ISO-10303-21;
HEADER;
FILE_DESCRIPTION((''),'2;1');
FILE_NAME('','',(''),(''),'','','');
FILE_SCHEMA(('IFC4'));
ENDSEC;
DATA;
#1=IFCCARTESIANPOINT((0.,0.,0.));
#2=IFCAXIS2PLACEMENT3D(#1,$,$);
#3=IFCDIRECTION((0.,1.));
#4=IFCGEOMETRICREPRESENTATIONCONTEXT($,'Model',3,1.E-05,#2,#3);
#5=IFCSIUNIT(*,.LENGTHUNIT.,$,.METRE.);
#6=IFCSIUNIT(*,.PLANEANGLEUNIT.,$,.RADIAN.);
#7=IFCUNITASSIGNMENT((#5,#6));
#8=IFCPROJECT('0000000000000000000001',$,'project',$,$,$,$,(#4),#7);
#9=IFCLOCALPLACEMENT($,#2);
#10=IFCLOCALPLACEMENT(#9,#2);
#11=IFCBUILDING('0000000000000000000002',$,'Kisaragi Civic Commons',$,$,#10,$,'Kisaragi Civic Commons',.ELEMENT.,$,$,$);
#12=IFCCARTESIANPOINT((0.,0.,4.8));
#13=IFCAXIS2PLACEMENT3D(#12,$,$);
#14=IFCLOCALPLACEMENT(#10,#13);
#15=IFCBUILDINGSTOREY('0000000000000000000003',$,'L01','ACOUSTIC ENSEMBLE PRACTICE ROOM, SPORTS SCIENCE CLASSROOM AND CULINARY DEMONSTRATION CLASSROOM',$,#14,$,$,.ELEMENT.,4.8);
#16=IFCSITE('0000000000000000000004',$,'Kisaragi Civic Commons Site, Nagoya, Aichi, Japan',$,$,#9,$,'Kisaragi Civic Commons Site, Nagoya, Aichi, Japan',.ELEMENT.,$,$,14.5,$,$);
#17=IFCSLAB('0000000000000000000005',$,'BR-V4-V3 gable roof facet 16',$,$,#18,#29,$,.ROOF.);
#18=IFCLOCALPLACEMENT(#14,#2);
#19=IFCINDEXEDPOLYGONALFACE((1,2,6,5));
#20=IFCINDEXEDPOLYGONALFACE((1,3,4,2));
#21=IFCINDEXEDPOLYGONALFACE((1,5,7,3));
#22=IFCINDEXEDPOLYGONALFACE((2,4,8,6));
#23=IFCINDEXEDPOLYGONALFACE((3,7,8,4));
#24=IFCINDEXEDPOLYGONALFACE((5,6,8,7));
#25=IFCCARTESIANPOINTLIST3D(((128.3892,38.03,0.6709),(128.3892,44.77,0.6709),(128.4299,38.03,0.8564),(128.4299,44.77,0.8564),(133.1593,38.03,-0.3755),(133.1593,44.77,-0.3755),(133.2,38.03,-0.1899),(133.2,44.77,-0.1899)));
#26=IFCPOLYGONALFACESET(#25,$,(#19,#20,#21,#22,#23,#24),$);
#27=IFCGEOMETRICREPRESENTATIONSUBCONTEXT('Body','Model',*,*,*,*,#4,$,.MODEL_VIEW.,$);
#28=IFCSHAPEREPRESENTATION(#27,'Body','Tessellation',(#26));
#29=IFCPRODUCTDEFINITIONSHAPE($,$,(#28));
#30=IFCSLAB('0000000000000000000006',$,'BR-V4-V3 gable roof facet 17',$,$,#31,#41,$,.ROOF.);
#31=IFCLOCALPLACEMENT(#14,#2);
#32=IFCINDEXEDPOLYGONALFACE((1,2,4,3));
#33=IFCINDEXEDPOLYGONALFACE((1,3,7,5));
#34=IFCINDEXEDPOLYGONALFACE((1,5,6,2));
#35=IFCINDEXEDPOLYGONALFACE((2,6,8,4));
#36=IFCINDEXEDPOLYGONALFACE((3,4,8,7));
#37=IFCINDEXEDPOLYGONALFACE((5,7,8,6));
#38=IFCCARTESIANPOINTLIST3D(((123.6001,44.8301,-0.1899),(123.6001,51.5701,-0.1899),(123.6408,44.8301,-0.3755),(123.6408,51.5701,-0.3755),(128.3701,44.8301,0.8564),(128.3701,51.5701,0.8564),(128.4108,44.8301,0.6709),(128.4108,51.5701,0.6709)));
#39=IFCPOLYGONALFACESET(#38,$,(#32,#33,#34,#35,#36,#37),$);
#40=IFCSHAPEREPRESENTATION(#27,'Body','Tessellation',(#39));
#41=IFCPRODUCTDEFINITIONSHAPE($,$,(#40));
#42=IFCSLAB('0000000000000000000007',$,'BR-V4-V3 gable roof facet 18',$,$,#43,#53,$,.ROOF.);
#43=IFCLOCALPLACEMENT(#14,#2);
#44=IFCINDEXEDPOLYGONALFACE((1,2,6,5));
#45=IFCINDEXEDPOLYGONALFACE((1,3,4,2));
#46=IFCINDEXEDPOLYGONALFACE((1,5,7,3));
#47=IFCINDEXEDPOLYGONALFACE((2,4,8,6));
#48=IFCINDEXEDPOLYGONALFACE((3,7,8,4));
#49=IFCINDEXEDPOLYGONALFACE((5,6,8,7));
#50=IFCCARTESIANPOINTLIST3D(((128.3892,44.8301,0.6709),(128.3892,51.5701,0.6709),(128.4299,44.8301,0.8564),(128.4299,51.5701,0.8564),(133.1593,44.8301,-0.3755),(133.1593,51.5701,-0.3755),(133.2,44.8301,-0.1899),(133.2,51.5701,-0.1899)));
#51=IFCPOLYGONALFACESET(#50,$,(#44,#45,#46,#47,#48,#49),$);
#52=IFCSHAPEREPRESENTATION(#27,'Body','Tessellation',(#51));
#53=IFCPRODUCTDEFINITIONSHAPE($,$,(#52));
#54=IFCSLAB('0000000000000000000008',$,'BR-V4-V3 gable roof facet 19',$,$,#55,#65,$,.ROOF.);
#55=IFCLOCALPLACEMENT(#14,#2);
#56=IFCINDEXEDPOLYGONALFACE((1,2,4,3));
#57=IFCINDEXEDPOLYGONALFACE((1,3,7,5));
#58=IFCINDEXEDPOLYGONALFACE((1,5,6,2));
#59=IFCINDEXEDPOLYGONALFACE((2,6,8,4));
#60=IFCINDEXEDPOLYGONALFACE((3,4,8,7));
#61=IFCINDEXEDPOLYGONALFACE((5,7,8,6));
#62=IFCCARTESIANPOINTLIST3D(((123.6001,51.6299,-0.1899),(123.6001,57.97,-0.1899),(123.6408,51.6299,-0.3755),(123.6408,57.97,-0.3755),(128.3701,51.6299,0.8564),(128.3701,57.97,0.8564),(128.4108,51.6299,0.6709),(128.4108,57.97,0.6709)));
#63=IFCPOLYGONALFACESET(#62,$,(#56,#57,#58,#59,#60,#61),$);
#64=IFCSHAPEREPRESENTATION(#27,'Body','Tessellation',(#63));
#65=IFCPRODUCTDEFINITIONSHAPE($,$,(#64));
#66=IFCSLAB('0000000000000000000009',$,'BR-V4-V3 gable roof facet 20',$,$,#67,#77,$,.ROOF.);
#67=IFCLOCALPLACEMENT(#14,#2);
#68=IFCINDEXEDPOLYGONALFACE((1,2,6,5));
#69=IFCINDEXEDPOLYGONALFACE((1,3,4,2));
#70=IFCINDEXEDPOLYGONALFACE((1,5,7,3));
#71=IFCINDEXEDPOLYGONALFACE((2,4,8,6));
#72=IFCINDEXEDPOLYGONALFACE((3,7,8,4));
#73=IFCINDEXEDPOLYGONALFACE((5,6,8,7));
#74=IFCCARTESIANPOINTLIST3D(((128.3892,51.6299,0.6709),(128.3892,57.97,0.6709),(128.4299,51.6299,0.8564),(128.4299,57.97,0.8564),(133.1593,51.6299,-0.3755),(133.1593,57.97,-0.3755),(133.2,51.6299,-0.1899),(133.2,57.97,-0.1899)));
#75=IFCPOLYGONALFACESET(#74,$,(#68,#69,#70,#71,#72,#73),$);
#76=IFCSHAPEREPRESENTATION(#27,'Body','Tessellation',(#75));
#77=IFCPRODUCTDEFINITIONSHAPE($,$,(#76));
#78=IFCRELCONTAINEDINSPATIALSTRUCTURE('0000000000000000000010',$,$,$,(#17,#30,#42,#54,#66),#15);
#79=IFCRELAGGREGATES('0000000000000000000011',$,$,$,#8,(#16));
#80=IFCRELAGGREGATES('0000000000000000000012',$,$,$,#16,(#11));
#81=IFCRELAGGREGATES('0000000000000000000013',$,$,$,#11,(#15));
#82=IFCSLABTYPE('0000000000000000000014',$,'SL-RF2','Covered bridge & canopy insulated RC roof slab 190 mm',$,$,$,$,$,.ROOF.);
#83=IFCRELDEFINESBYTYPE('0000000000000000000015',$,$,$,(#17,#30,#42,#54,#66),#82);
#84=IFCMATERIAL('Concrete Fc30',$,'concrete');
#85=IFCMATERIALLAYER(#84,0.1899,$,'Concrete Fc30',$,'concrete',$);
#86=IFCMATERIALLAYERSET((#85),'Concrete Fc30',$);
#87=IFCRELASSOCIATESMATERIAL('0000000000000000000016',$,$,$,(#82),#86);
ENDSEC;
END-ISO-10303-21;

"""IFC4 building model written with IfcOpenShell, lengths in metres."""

from ifc_helpers import new_model, si_unit, direction, frame, origin, place, context, subcontext, project, spatial, polyline, outline, extrude, material, layer, layer_set, type_object, element, save


model = new_model("IFC4")

# Units and contexts
model_context = context("Model", 3, precision=1e-05, world=origin(), true_north=direction((0.0, 1.0)))
body_context = subcontext(model_context, "Body", "Model", "MODEL_VIEW")
ifc_project = project(units=[si_unit("LENGTHUNIT", "METRE"), si_unit("PLANEANGLEUNIT", "RADIAN")], contexts=[model_context])

# Site, building, storey
site_placement = place(None, origin())
site = spatial("IfcSite", under=ifc_project, at=site_placement, Name="Kisaragi Civic Commons Site, Nagoya, Aichi, Japan", LongName="Kisaragi Civic Commons Site, Nagoya, Aichi, Japan", CompositionType="ELEMENT", RefElevation=14.5)
building_placement = place(site_placement, origin())
building = spatial("IfcBuilding", under=site, at=building_placement, Name="Kisaragi Civic Commons", LongName="Kisaragi Civic Commons", CompositionType="ELEMENT")
storey_placement = place(building_placement, frame((0.0, 0.0, 4.8)))
storey = spatial("IfcBuildingStorey", under=building, at=storey_placement, Name="L01", Description="ACOUSTIC ENSEMBLE PRACTICE ROOM, SPORTS SCIENCE CLASSROOM AND CULINARY DEMONSTRATION CLASSROOM", CompositionType="ELEMENT", Elevation=4.8)

# Slabs
ifc_material_1 = material(Name="Concrete Fc30", Category="concrete")
ifc_layer = layer(ifc_material_1, 0.1899, Name="Concrete Fc30", Category="concrete")
ifc_layer_set = layer_set([ifc_layer], Name="Concrete Fc30")
slab_type = type_object("IfcSlabType", Name="SL-RF2", Description="Covered bridge & canopy insulated RC roof slab 190 mm", PredefinedType="ROOF", material=ifc_layer_set)
for number, where, z_axis, x_axis, name in (
    (1, (128.4299, 38.03, 0.8564), (0.214272, 0.0, 0.976774), (0.976774, 0.0, -0.214272), "BR-V4-V3 gable roof facet 16"),
    (2, (123.6001, 44.8301, -0.1899), (-0.214272, 0.0, 0.976774), (0.976774, 0.0, 0.214272), "BR-V4-V3 gable roof facet 17"),
    (3, (128.4299, 44.8301, 0.8564), (0.214272, 0.0, 0.976774), (0.976774, 0.0, -0.214272), "BR-V4-V3 gable roof facet 18"),
):
    element("IfcSlab", number, at=place(storey_placement, frame(where, z_axis=z_axis, x_axis=x_axis)), inside=storey, type_object=slab_type, Name=name, PredefinedType="ROOF", context=body_context, shape_type="SweptSolid", body=[
        extrude(outline(polyline([(0.0, 0.0), (4.8834, 0.0), (4.8834, 6.74), (0.0, 6.74), (0.0, 0.0)])), origin(), (0.0, 0.0, -1.0), 0.1899),
    ])
for number, where, z_axis, x_axis, name in (
    (4, (123.6001, 51.6299, -0.1899), (-0.214272, 0.0, 0.976774), (0.976774, 0.0, 0.214272), "BR-V4-V3 gable roof facet 19"),
    (5, (128.4299, 51.6299, 0.8564), (0.214272, 0.0, 0.976774), (0.976774, 0.0, -0.214272), "BR-V4-V3 gable roof facet 20"),
):
    element("IfcSlab", number, at=place(storey_placement, frame(where, z_axis=z_axis, x_axis=x_axis)), inside=storey, type_object=slab_type, Name=name, PredefinedType="ROOF", context=body_context, shape_type="SweptSolid", body=[
        extrude(outline(polyline([(0.0, 0.0), (4.8834, 0.0), (4.8834, 6.3401), (0.0, 6.3401), (0.0, 0.0)])), origin(), (0.0, 0.0, -1.0), 0.1899),
    ])

save(model, "model.ifc")
